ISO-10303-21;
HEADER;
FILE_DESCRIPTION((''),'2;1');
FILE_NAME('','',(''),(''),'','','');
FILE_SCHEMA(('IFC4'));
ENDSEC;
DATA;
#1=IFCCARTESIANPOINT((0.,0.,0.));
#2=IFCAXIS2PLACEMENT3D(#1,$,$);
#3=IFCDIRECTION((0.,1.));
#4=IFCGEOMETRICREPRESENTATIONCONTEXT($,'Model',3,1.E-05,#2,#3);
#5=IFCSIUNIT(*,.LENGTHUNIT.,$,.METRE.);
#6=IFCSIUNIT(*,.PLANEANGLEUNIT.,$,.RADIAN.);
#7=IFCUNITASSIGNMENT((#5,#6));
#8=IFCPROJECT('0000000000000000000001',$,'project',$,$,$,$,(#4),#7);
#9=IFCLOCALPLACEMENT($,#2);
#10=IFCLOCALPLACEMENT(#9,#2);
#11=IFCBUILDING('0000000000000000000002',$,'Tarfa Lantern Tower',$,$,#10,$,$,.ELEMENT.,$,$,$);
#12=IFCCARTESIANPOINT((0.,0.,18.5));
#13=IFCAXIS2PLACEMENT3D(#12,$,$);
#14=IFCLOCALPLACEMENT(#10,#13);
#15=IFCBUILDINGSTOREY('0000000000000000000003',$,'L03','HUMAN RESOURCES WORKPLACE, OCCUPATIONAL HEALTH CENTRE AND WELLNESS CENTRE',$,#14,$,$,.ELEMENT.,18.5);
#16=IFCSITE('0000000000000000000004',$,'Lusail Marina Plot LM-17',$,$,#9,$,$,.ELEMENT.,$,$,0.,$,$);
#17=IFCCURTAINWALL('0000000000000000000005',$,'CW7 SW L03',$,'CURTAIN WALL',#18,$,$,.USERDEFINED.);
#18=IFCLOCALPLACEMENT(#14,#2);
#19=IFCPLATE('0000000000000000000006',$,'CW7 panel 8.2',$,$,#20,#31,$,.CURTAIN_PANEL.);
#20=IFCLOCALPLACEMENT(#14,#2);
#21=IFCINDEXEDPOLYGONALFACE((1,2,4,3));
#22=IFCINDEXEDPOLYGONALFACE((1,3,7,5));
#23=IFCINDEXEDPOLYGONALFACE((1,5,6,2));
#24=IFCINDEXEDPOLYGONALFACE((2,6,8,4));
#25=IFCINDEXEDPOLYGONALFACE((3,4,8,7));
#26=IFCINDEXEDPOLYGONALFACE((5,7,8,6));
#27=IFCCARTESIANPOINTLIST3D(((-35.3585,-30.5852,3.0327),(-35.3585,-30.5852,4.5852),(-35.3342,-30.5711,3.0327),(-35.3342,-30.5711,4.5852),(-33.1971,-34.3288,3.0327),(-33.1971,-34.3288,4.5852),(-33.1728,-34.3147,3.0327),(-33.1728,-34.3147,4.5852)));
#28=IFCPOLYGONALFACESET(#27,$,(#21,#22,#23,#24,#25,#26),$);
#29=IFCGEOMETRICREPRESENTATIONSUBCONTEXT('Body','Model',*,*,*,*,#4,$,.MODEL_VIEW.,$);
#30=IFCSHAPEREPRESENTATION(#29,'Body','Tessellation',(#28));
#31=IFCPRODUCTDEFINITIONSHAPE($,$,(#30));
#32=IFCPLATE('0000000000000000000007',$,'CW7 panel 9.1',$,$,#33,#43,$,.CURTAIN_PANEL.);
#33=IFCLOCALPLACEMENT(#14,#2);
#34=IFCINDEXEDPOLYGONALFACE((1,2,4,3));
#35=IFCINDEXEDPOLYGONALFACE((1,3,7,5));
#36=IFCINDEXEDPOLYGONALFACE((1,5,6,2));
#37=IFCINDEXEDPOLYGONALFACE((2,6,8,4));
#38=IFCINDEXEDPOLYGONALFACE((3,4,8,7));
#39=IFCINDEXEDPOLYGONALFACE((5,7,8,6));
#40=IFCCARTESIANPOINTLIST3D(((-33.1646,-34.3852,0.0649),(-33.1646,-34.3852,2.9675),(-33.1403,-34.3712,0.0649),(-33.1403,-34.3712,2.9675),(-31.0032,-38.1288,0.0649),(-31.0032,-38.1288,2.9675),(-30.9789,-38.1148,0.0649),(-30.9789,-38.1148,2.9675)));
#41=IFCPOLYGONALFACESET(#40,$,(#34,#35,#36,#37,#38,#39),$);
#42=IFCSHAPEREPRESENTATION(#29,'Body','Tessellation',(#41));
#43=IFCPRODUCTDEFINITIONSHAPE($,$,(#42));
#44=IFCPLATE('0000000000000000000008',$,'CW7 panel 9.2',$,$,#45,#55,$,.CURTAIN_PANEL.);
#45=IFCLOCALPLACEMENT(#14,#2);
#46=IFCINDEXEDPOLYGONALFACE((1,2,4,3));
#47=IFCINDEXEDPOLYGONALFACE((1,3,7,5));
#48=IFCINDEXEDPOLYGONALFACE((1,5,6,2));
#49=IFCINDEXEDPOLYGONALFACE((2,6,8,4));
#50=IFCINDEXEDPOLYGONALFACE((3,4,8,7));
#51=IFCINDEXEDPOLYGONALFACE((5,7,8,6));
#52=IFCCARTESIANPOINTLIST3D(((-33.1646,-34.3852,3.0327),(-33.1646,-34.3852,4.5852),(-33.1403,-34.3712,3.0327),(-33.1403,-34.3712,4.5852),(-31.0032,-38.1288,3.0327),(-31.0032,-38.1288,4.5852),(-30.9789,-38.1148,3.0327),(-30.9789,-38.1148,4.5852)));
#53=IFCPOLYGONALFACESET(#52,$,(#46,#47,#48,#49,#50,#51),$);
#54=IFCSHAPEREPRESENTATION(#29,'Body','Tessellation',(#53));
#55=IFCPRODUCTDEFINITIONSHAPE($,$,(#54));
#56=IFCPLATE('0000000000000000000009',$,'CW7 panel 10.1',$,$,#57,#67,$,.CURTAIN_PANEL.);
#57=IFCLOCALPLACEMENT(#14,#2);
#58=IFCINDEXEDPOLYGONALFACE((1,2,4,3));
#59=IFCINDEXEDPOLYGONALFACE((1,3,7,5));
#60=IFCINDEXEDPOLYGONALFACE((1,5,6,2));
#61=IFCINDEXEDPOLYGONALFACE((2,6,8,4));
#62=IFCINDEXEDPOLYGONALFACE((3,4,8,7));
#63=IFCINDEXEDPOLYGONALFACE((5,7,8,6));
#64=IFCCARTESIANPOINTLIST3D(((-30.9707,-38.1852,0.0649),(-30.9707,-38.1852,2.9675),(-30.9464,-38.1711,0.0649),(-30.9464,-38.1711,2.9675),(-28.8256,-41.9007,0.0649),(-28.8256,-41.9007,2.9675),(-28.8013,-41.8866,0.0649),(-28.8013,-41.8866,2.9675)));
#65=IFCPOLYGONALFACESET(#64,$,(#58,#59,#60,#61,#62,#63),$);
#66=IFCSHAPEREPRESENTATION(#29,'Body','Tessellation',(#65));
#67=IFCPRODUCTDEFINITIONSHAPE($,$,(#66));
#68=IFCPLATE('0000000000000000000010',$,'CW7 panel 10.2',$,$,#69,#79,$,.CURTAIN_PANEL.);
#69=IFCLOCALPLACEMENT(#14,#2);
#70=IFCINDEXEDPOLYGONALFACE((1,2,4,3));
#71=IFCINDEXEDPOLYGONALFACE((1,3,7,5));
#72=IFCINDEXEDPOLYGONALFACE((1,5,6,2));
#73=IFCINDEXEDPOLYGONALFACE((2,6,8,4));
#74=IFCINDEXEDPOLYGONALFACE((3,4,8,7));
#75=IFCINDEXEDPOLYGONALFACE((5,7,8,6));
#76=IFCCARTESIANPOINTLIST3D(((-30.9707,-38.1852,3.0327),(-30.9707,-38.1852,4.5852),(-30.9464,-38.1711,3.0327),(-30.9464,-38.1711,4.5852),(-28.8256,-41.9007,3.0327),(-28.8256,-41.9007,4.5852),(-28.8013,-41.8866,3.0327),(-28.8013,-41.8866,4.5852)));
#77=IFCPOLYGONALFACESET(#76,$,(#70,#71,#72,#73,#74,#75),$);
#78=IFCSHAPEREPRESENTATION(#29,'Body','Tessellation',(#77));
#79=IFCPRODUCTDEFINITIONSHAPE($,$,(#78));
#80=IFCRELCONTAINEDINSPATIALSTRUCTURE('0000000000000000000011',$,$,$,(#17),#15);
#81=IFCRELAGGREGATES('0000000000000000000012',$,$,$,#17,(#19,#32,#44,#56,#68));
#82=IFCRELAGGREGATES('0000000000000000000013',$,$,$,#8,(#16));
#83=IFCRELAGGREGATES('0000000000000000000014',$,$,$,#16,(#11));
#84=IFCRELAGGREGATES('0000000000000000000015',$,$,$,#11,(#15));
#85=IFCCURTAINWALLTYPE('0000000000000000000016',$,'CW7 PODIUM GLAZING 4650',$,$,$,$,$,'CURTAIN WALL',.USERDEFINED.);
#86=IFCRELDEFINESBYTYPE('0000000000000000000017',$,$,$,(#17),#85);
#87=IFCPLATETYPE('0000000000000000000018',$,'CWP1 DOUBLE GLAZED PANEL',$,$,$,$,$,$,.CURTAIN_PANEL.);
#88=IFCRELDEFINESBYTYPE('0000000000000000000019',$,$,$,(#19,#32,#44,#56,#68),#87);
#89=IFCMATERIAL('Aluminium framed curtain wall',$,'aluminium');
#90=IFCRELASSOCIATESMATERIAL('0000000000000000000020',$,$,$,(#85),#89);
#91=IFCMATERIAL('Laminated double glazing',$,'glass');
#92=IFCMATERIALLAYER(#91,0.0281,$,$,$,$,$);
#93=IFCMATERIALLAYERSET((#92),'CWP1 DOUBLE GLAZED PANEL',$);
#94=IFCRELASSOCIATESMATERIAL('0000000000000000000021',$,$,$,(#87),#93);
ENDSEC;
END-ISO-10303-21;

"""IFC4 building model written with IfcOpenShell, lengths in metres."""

from ifc_helpers import new_model, si_unit, direction, frame, origin, origin_2d, place, context, subcontext, project, spatial, rectangle, extrude, material, layer, layer_set, type_object, element, aggregate, save


model = new_model("IFC4")

# Units and contexts
model_context = context("Model", 3, precision=1e-05, world=origin(), true_north=direction((0.0, 1.0)))
body_context = subcontext(model_context, "Body", "Model", "MODEL_VIEW")
ifc_project = project(units=[si_unit("LENGTHUNIT", "METRE"), si_unit("PLANEANGLEUNIT", "RADIAN")], contexts=[model_context])

# Site, building, storey
site_placement = place(None, origin())
site = spatial("IfcSite", under=ifc_project, at=site_placement, Name="Lusail Marina Plot LM-17", CompositionType="ELEMENT", RefElevation=0.0)
building_placement = place(site_placement, origin())
building = spatial("IfcBuilding", under=site, at=building_placement, Name="Tarfa Lantern Tower", CompositionType="ELEMENT")
storey_placement = place(building_placement, frame((0.0, 0.0, 18.5)))
storey = spatial("IfcBuildingStorey", under=building, at=storey_placement, Name="L03", Description="HUMAN RESOURCES WORKPLACE, OCCUPATIONAL HEALTH CENTRE AND WELLNESS CENTRE", CompositionType="ELEMENT", Elevation=18.5)

# Curtain wall
ifc_material_1 = material(Name="Aluminium framed curtain wall", Category="aluminium")
curtain_wall_type = type_object("IfcCurtainWallType", Name="CW7 PODIUM GLAZING 4650", ElementType="CURTAIN WALL", PredefinedType="USERDEFINED", material=ifc_material_1)
curtain_wall_placement = place(storey_placement, origin())
curtain_wall = element("IfcCurtainWall", 1, at=curtain_wall_placement, inside=storey, type_object=curtain_wall_type, Name="CW7 SW L03", ObjectType="CURTAIN WALL", PredefinedType="USERDEFINED")

# Plates
ifc_material_2 = material(Name="Laminated double glazing", Category="glass")
ifc_layer = layer(ifc_material_2, 0.0281)
ifc_layer_set = layer_set([ifc_layer], Name="CWP1 DOUBLE GLAZED PANEL")
plate_type = type_object("IfcPlateType", Name="CWP1 DOUBLE GLAZED PANEL", PredefinedType="CURTAIN_PANEL", material=ifc_layer_set)
plate_1_placement = place(storey_placement, frame((-34.2656, -32.45, 3.0327), z_axis=(0.0, 0.0, 1.0), x_axis=(0.5, -0.866025, 0.0)))
plate_1 = element("IfcPlate", 2, at=plate_1_placement, type_object=plate_type, Name="CW7 panel 8.2", PredefinedType="CURTAIN_PANEL", context=body_context, shape_type="SweptSolid", body=[
    extrude(rectangle(XDim=4.3228, YDim=0.0281, at=origin_2d()), origin(), (0.0, 0.0, 1.0), 1.5525),
])
plate_2_placement = place(storey_placement, frame((-32.0718, -36.25, 0.0649), z_axis=(0.0, 0.0, 1.0), x_axis=(0.5, -0.866025, 0.0)))
plate_2 = element("IfcPlate", 3, at=plate_2_placement, type_object=plate_type, Name="CW7 panel 9.1", PredefinedType="CURTAIN_PANEL", context=body_context, shape_type="SweptSolid", body=[
    extrude(rectangle(XDim=4.3228, YDim=0.0281, at=origin_2d()), origin(), (0.0, 0.0, 1.0), 2.9026),
])
plate_3_placement = place(storey_placement, frame((-32.0718, -36.25, 3.0327), z_axis=(0.0, 0.0, 1.0), x_axis=(0.5, -0.866025, 0.0)))
plate_3 = element("IfcPlate", 4, at=plate_3_placement, type_object=plate_type, Name="CW7 panel 9.2", PredefinedType="CURTAIN_PANEL", context=body_context, shape_type="SweptSolid", body=[
    extrude(rectangle(XDim=4.3228, YDim=0.0281, at=origin_2d()), origin(), (0.0, 0.0, 1.0), 1.5525),
])
plate_4_placement = place(storey_placement, frame((-29.886, -40.0359, 0.0649), z_axis=(0.0, 0.0, 1.0), x_axis=(0.5, -0.866025, 0.0)))
plate_4 = element("IfcPlate", 5, at=plate_4_placement, type_object=plate_type, Name="CW7 panel 10.1", PredefinedType="CURTAIN_PANEL", context=body_context, shape_type="SweptSolid", body=[
    extrude(rectangle(XDim=4.2903, YDim=0.0281, at=origin_2d()), origin(), (0.0, 0.0, 1.0), 2.9026),
])
plate_5_placement = place(storey_placement, frame((-29.886, -40.0359, 3.0327), z_axis=(0.0, 0.0, 1.0), x_axis=(0.5, -0.866025, 0.0)))
plate_5 = element("IfcPlate", 6, at=plate_5_placement, type_object=plate_type, Name="CW7 panel 10.2", PredefinedType="CURTAIN_PANEL", context=body_context, shape_type="SweptSolid", body=[
    extrude(rectangle(XDim=4.2903, YDim=0.0281, at=origin_2d()), origin(), (0.0, 0.0, 1.0), 1.5525),
])
aggregate(curtain_wall, [plate_1, plate_2, plate_3, plate_4, plate_5])

save(model, "model.ifc")
